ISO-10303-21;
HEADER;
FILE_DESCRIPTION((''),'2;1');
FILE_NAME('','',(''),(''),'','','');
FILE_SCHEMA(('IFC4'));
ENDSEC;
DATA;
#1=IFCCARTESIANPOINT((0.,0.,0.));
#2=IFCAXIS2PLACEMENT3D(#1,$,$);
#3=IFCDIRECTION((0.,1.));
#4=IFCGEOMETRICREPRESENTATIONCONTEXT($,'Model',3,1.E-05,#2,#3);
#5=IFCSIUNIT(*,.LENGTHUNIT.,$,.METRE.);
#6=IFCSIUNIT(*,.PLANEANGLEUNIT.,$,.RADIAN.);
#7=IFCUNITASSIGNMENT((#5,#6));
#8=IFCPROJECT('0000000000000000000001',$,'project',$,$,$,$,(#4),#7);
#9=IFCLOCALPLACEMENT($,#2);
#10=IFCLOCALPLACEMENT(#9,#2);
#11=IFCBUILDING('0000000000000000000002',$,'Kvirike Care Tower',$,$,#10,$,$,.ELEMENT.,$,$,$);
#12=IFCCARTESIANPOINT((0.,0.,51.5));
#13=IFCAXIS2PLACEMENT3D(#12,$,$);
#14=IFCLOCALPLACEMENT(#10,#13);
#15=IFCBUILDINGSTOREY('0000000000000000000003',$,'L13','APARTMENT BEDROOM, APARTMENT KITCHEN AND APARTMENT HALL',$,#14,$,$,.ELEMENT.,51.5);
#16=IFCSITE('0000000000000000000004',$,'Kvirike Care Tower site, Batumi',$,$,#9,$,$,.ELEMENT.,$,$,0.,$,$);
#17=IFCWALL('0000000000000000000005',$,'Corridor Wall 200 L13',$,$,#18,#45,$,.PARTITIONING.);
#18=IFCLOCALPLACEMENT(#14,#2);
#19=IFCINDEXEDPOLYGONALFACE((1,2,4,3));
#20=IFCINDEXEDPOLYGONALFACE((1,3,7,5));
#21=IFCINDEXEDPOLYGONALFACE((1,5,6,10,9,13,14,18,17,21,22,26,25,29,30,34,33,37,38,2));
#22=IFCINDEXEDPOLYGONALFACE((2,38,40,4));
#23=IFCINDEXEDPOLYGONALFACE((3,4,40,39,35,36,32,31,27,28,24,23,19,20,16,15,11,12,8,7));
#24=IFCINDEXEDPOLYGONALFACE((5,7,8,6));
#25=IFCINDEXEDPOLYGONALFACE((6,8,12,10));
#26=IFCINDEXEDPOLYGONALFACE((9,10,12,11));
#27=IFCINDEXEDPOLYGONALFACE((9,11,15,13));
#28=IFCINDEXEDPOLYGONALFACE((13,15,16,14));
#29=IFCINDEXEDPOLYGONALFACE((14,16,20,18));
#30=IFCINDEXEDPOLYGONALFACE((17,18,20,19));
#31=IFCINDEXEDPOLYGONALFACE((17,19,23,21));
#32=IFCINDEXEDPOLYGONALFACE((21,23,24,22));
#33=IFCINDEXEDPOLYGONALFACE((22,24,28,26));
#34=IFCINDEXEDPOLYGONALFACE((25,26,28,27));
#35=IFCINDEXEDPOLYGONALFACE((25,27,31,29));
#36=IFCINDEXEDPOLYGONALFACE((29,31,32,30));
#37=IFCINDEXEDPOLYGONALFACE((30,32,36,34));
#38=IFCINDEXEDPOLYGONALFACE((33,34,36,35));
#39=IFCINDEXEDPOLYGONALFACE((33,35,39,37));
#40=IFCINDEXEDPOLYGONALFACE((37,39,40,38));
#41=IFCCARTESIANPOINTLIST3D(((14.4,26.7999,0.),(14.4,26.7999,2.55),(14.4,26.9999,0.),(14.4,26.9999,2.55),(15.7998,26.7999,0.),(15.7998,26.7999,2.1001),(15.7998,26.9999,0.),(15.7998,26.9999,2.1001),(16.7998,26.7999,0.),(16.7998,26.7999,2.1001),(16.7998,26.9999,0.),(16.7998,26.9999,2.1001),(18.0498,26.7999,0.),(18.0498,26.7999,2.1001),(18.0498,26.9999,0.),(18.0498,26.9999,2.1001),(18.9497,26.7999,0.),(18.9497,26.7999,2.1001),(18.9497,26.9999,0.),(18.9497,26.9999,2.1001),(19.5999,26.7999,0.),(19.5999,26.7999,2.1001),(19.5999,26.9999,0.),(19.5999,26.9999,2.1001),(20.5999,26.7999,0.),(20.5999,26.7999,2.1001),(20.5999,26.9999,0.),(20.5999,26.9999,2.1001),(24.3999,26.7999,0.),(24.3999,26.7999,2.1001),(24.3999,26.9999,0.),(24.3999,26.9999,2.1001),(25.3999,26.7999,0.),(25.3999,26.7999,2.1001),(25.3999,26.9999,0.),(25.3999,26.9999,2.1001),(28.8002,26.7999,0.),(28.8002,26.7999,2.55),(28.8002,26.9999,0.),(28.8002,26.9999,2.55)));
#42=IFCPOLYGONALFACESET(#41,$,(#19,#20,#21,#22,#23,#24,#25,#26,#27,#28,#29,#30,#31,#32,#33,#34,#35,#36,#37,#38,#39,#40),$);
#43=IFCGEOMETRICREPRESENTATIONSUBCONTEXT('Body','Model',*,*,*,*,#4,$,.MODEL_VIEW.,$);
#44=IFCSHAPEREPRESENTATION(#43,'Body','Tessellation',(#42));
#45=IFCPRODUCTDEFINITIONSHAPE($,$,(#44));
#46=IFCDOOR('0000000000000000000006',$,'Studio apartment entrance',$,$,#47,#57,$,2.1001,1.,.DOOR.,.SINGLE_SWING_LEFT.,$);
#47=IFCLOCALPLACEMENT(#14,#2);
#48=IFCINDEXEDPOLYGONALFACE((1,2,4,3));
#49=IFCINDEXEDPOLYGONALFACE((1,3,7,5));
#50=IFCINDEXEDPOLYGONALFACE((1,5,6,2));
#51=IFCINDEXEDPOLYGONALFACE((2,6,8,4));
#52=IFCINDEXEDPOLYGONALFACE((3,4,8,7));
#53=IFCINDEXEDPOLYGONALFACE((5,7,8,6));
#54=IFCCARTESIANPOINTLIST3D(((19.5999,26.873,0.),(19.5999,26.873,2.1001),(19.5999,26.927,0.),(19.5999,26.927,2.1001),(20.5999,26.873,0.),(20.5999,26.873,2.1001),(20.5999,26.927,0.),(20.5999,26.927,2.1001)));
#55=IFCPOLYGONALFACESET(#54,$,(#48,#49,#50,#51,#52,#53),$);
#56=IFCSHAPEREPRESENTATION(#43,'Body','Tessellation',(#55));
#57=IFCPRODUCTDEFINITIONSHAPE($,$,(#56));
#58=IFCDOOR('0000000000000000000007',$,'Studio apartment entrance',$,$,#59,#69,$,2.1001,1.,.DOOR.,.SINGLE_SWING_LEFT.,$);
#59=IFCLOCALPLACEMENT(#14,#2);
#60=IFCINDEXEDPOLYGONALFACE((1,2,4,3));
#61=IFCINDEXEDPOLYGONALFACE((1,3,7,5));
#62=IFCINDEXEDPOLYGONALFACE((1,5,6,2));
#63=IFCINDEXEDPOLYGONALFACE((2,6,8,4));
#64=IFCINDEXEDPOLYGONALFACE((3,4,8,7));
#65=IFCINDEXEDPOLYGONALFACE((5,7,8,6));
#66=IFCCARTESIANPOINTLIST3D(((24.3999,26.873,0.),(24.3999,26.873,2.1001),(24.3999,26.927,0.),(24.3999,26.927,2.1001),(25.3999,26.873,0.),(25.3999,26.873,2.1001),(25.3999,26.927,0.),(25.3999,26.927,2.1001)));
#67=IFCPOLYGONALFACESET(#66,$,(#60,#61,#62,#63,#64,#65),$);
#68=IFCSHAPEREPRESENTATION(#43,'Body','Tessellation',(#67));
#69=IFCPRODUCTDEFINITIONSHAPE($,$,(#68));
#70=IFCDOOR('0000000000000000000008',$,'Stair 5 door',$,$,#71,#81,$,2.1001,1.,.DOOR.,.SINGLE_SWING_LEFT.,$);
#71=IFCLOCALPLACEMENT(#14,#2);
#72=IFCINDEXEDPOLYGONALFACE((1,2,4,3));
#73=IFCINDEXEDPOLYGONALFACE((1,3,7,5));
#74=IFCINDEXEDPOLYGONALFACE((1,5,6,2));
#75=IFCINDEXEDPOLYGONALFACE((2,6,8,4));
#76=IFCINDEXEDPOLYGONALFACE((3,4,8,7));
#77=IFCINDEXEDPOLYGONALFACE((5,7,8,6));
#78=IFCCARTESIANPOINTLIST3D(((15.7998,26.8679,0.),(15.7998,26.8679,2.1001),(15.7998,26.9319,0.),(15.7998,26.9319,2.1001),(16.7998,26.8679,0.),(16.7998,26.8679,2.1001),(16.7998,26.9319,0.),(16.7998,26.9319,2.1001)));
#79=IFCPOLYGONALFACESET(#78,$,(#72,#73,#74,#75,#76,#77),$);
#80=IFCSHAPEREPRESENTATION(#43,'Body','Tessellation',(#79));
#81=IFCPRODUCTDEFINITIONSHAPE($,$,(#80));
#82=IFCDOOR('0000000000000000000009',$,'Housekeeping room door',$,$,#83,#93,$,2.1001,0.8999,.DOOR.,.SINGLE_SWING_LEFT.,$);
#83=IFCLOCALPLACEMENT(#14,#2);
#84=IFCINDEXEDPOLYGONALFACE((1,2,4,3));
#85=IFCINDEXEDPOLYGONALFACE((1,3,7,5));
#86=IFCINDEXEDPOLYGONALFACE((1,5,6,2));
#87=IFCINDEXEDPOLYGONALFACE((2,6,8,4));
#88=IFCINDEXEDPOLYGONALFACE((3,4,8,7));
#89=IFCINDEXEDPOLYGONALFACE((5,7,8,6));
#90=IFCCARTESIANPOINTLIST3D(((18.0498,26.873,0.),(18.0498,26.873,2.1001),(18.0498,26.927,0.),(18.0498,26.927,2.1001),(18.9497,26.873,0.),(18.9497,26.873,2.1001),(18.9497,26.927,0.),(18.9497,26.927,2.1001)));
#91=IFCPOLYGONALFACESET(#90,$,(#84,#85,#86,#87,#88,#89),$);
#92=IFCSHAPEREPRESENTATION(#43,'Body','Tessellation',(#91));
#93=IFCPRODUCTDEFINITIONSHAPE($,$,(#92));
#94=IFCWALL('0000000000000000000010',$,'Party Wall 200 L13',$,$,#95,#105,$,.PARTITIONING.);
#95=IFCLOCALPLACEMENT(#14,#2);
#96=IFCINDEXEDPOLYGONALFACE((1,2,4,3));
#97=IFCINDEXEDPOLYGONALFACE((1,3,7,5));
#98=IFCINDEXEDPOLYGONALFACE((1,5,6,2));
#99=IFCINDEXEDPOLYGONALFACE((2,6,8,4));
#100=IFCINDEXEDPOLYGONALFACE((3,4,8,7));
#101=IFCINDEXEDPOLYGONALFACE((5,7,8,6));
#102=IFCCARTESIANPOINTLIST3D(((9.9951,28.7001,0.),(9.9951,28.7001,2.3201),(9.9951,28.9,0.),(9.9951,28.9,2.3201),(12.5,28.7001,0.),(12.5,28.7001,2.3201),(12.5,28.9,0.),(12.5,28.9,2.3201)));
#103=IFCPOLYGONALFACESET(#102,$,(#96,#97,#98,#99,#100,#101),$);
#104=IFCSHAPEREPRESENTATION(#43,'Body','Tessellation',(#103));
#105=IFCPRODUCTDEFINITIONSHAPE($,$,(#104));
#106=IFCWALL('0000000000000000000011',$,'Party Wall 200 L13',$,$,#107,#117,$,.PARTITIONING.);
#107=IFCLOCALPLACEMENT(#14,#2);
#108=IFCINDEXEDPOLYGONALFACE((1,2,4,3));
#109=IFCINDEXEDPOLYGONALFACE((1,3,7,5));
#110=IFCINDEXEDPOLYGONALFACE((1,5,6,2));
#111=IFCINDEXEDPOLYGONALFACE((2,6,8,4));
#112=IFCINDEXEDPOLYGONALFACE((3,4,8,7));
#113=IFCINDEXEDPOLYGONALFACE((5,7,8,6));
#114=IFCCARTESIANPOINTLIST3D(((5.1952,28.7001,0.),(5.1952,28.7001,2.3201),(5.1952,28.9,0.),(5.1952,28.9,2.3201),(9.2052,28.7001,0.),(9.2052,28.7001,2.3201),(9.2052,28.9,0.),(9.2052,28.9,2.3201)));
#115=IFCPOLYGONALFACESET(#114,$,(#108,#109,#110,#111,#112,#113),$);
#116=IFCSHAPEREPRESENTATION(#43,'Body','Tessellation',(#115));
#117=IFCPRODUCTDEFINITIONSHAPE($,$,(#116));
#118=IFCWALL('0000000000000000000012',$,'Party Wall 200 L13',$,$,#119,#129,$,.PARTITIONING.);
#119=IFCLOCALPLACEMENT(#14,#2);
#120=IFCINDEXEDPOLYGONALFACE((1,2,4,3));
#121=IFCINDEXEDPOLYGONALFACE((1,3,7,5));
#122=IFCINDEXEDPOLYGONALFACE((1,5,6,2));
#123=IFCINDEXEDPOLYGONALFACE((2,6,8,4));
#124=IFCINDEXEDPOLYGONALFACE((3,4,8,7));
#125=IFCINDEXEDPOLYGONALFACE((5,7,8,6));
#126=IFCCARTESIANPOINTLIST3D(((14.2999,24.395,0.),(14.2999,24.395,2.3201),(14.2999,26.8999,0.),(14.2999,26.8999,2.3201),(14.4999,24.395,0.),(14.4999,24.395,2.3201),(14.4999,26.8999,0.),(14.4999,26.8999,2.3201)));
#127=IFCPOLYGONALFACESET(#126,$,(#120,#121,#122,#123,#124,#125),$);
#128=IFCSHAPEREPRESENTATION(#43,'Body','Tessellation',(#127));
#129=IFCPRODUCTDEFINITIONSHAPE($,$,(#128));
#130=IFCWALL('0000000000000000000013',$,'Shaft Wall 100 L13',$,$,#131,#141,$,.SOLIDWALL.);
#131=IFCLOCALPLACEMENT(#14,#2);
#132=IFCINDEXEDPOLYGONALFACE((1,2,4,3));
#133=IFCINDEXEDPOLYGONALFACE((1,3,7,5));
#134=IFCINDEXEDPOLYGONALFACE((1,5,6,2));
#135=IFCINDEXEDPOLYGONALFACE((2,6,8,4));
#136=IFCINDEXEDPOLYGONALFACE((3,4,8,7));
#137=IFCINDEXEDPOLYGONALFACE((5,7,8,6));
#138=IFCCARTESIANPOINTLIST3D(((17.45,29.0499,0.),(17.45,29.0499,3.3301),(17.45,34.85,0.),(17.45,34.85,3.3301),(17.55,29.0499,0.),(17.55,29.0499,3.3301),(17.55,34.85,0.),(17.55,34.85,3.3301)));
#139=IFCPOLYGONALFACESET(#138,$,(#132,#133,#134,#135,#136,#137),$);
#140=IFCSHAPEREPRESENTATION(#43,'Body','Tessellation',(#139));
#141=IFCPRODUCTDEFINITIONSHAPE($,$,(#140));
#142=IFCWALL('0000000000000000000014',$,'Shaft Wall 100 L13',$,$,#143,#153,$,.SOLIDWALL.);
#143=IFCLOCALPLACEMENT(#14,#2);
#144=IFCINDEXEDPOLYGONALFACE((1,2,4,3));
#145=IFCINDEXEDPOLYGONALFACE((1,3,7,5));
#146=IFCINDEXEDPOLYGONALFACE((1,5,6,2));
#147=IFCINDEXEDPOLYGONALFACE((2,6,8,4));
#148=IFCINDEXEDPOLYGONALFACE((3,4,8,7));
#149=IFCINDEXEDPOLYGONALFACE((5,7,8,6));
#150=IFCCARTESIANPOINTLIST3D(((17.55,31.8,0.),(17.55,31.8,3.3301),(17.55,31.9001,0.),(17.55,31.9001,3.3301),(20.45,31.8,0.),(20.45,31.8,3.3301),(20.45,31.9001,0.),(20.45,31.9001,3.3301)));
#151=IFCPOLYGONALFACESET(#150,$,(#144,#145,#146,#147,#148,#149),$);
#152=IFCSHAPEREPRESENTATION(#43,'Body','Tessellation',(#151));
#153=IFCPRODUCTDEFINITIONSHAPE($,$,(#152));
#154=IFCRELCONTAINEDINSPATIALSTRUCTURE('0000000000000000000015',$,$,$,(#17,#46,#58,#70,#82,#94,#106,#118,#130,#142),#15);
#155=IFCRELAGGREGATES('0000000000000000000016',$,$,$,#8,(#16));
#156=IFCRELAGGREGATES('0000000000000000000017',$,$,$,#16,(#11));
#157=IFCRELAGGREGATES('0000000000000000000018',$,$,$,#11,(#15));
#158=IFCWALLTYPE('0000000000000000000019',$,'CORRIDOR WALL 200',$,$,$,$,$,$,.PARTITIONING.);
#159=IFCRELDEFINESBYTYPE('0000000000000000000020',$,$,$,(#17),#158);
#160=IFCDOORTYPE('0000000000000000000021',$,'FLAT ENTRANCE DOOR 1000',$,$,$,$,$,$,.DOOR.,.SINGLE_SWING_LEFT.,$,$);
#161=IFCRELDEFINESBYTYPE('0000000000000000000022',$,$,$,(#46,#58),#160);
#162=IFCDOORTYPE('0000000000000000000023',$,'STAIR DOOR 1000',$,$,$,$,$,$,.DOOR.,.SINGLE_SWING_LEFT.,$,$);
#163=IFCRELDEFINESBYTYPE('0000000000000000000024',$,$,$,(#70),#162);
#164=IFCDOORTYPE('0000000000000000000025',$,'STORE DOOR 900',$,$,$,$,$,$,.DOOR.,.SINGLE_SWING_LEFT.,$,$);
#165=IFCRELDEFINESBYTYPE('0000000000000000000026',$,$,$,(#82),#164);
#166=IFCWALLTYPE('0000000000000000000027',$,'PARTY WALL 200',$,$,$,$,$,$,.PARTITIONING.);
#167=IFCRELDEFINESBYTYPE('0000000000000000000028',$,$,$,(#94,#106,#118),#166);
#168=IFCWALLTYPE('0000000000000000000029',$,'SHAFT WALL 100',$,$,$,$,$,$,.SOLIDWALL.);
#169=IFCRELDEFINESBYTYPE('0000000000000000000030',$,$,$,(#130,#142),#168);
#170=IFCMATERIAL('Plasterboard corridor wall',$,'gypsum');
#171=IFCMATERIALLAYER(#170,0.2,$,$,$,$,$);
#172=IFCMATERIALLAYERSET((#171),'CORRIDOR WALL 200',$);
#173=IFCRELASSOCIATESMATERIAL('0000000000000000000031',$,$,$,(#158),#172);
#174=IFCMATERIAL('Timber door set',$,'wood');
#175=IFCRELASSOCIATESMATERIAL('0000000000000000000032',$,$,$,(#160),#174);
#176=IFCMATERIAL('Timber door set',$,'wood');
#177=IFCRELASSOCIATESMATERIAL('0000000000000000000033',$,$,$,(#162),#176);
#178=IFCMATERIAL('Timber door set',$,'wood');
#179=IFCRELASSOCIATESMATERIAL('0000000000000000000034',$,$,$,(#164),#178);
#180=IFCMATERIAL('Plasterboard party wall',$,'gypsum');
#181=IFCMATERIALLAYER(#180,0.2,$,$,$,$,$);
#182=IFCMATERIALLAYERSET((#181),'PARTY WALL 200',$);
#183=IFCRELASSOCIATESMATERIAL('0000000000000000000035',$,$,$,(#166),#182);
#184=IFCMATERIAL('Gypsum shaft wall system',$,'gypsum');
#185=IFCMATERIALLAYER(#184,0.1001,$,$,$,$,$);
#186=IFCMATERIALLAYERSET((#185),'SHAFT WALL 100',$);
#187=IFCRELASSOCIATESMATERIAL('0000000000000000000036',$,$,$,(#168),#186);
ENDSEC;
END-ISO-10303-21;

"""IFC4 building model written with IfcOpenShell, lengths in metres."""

from ifc_helpers import new_model, si_unit, direction, frame, frame_2d, origin, place, context, subcontext, project, spatial, rectangle, extrude, material, layer, layer_set, type_object, element, fill, save


model = new_model("IFC4")

# Units and contexts
model_context = context("Model", 3, precision=1e-05, world=origin(), true_north=direction((0.0, 1.0)))
body_context = subcontext(model_context, "Body", "Model", "MODEL_VIEW")
ifc_project = project(units=[si_unit("LENGTHUNIT", "METRE"), si_unit("PLANEANGLEUNIT", "RADIAN")], contexts=[model_context])

# Site, building, storey
site_placement = place(None, origin())
site = spatial("IfcSite", under=ifc_project, at=site_placement, Name="Kvirike Care Tower site, Batumi", CompositionType="ELEMENT", RefElevation=0.0)
building_placement = place(site_placement, origin())
building = spatial("IfcBuilding", under=site, at=building_placement, Name="Kvirike Care Tower", CompositionType="ELEMENT")
storey_placement = place(building_placement, frame((0.0, 0.0, 51.5)))
storey = spatial("IfcBuildingStorey", under=building, at=storey_placement, Name="L13", Description="APARTMENT BEDROOM, APARTMENT KITCHEN AND APARTMENT HALL", CompositionType="ELEMENT", Elevation=51.5)

# Wall, openings, doors
ifc_material_1 = material(Name="Plasterboard corridor wall", Category="gypsum")
ifc_layer_1 = layer(ifc_material_1, 0.2)
ifc_layer_set_1 = layer_set([ifc_layer_1], Name="CORRIDOR WALL 200")
wall_type_1 = type_object("IfcWallType", Name="CORRIDOR WALL 200", PredefinedType="PARTITIONING", material=ifc_layer_set_1)
wall_1_placement = place(storey_placement, frame((14.3999, 26.8999, 0.0), z_axis=(0.0, 0.0, 1.0), x_axis=(1.0, 0.0, 0.0)))
wall_1 = element("IfcWall", 1, at=wall_1_placement, inside=storey, type_object=wall_type_1, Name="Corridor Wall 200 L13", PredefinedType="PARTITIONING", context=body_context, shape_type="SweptSolid", body=[
    extrude(rectangle(XDim=14.4001, YDim=0.2, at=frame_2d((7.2002, 0.0))), origin(), (0.0, 0.0, 1.0), 2.55),
])
opening_1_placement = place(wall_1_placement, frame((1.3999, 0.0, 0.0)))
opening_1 = element("IfcOpeningElement", 2, at=opening_1_placement, cuts=wall_1, PredefinedType="OPENING", context=body_context, shape_type="SweptSolid", body=[
    extrude(rectangle(XDim=1.0, YDim=2.1001, at=frame_2d((0.5, 1.05))), frame((0.0, 0.1106, 0.0), z_axis=(0.0, -1.0, 0.0), x_axis=(1.0, 0.0, 0.0)), (0.0, 0.0, 1.0), 0.2209),
])
opening_2_placement = place(wall_1_placement, frame((3.6499, 0.0, 0.0)))
opening_2 = element("IfcOpeningElement", 3, at=opening_2_placement, cuts=wall_1, PredefinedType="OPENING", context=body_context, shape_type="SweptSolid", body=[
    extrude(rectangle(XDim=0.8999, YDim=2.1001, at=frame_2d((0.45, 1.05))), frame((0.0, 0.1106, 0.0), z_axis=(0.0, -1.0, 0.0), x_axis=(1.0, 0.0, 0.0)), (0.0, 0.0, 1.0), 0.2209),
])
opening_3_placement = place(wall_1_placement, frame((5.2, 0.0, 0.0)))
opening_3 = element("IfcOpeningElement", 4, at=opening_3_placement, cuts=wall_1, PredefinedType="OPENING", context=body_context, shape_type="SweptSolid", body=[
    extrude(rectangle(XDim=1.0, YDim=2.1001, at=frame_2d((0.5, 1.05))), frame((0.0, 0.1106, 0.0), z_axis=(0.0, -1.0, 0.0), x_axis=(1.0, 0.0, 0.0)), (0.0, 0.0, 1.0), 0.2209),
])
opening_4_placement = place(wall_1_placement, frame((10.0, 0.0, 0.0)))
opening_4 = element("IfcOpeningElement", 5, at=opening_4_placement, cuts=wall_1, PredefinedType="OPENING", context=body_context, shape_type="SweptSolid", body=[
    extrude(rectangle(XDim=1.0, YDim=2.1001, at=frame_2d((0.5, 1.05))), frame((0.0, 0.1106, 0.0), z_axis=(0.0, -1.0, 0.0), x_axis=(1.0, 0.0, 0.0)), (0.0, 0.0, 1.0), 0.2209),
])
ifc_material_2 = material(Name="Timber door set", Category="wood")
door_type_1 = type_object("IfcDoorType", Name="FLAT ENTRANCE DOOR 1000", OperationType="SINGLE_SWING_LEFT", PredefinedType="DOOR", material=ifc_material_2)
door_1_placement = place(opening_3_placement, frame((1.0, 0.0, 0.0), z_axis=(0.0, 0.0, 1.0), x_axis=(-1.0, 0.0, 0.0)))
door_1 = element("IfcDoor", 6, at=door_1_placement, inside=storey, type_object=door_type_1, Name="Studio apartment entrance", OperationType="SINGLE_SWING_LEFT", OverallHeight=2.1001, OverallWidth=1.0, PredefinedType="DOOR", context=body_context, shape_type="SweptSolid", body=[
    extrude(rectangle(XDim=1.0, YDim=2.1001, at=frame_2d((0.5, 1.05))), frame((0.0, 0.0269, 0.0), z_axis=(0.0, -1.0, 0.0), x_axis=(1.0, 0.0, 0.0)), (0.0, 0.0, 1.0), 0.054),
])
fill(opening_3, door_1)
door_2_placement = place(opening_4_placement, frame((1.0, 0.0, 0.0), z_axis=(0.0, 0.0, 1.0), x_axis=(-1.0, 0.0, 0.0)))
door_2 = element("IfcDoor", 7, at=door_2_placement, inside=storey, type_object=door_type_1, Name="Studio apartment entrance", OperationType="SINGLE_SWING_LEFT", OverallHeight=2.1001, OverallWidth=1.0, PredefinedType="DOOR", context=body_context, shape_type="SweptSolid", body=[
    extrude(rectangle(XDim=1.0, YDim=2.1001, at=frame_2d((0.5, 1.05))), frame((0.0, 0.0269, 0.0), z_axis=(0.0, -1.0, 0.0), x_axis=(1.0, 0.0, 0.0)), (0.0, 0.0, 1.0), 0.054),
])
fill(opening_4, door_2)
ifc_material_3 = material(Name="Timber door set", Category="wood")
door_type_2 = type_object("IfcDoorType", Name="STAIR DOOR 1000", OperationType="SINGLE_SWING_LEFT", PredefinedType="DOOR", material=ifc_material_3)
door_3_placement = place(opening_1_placement, frame((1.0, 0.0, 0.0), z_axis=(0.0, 0.0, 1.0), x_axis=(-1.0, 0.0, 0.0)))
door_3 = element("IfcDoor", 8, at=door_3_placement, inside=storey, type_object=door_type_2, Name="Stair 5 door", OperationType="SINGLE_SWING_LEFT", OverallHeight=2.1001, OverallWidth=1.0, PredefinedType="DOOR", context=body_context, shape_type="SweptSolid", body=[
    extrude(rectangle(XDim=1.0, YDim=2.1001, at=frame_2d((0.5, 1.05))), frame((0.0, 0.032, 0.0), z_axis=(0.0, -1.0, 0.0), x_axis=(1.0, 0.0, 0.0)), (0.0, 0.0, 1.0), 0.064),
])
fill(opening_1, door_3)
ifc_material_4 = material(Name="Timber door set", Category="wood")
door_type_3 = type_object("IfcDoorType", Name="STORE DOOR 900", OperationType="SINGLE_SWING_LEFT", PredefinedType="DOOR", material=ifc_material_4)
door_4_placement = place(opening_2_placement, frame((0.8999, 0.0, 0.0), z_axis=(0.0, 0.0, 1.0), x_axis=(-1.0, 0.0, 0.0)))
door_4 = element("IfcDoor", 9, at=door_4_placement, inside=storey, type_object=door_type_3, Name="Housekeeping room door", OperationType="SINGLE_SWING_LEFT", OverallHeight=2.1001, OverallWidth=0.8999, PredefinedType="DOOR", context=body_context, shape_type="SweptSolid", body=[
    extrude(rectangle(XDim=0.8999, YDim=2.1001, at=frame_2d((0.45, 1.05))), frame((0.0, 0.0269, 0.0), z_axis=(0.0, -1.0, 0.0), x_axis=(1.0, 0.0, 0.0)), (0.0, 0.0, 1.0), 0.054),
])
fill(opening_2, door_4)

# Walls
ifc_material_5 = material(Name="Plasterboard party wall", Category="gypsum")
ifc_layer_2 = layer(ifc_material_5, 0.2)
ifc_layer_set_2 = layer_set([ifc_layer_2], Name="PARTY WALL 200")
wall_type_2 = type_object("IfcWallType", Name="PARTY WALL 200", PredefinedType="PARTITIONING", material=ifc_layer_set_2)
wall_2_placement = place(storey_placement, frame((12.5, 28.8, 0.0), z_axis=(0.0, 0.0, 1.0), x_axis=(-1.0, 0.0, 0.0)))
element("IfcWall", 10, at=wall_2_placement, inside=storey, type_object=wall_type_2, Name="Party Wall 200 L13", PredefinedType="PARTITIONING", context=body_context, shape_type="SweptSolid", body=[
    extrude(rectangle(XDim=2.5049, YDim=0.2, at=frame_2d((1.2524, 0.0))), origin(), (0.0, 0.0, 1.0), 2.3201),
])
wall_3_placement = place(storey_placement, frame((9.2051, 28.8, 0.0), z_axis=(0.0, 0.0, 1.0), x_axis=(-1.0, 0.0, 0.0)))
element("IfcWall", 11, at=wall_3_placement, inside=storey, type_object=wall_type_2, Name="Party Wall 200 L13", PredefinedType="PARTITIONING", context=body_context, shape_type="SweptSolid", body=[
    extrude(rectangle(XDim=4.01, YDim=0.2, at=frame_2d((2.0049, 0.0))), origin(), (0.0, 0.0, 1.0), 2.3201),
])
wall_4_placement = place(storey_placement, frame((14.3999, 24.395, 0.0), z_axis=(0.0, 0.0, 1.0), x_axis=(0.0, 1.0, 0.0)))
element("IfcWall", 12, at=wall_4_placement, inside=storey, type_object=wall_type_2, Name="Party Wall 200 L13", PredefinedType="PARTITIONING", context=body_context, shape_type="SweptSolid", body=[
    extrude(rectangle(XDim=2.5049, YDim=0.2, at=frame_2d((1.2524, 0.0))), origin(), (0.0, 0.0, 1.0), 2.3201),
])
ifc_material_6 = material(Name="Gypsum shaft wall system", Category="gypsum")
ifc_layer_3 = layer(ifc_material_6, 0.1001)
ifc_layer_set_3 = layer_set([ifc_layer_3], Name="SHAFT WALL 100")
wall_type_3 = type_object("IfcWallType", Name="SHAFT WALL 100", PredefinedType="SOLIDWALL", material=ifc_layer_set_3)
wall_5_placement = place(storey_placement, frame((17.5, 29.05, 0.0), z_axis=(0.0, 0.0, 1.0), x_axis=(0.0, 1.0, 0.0)))
element("IfcWall", 13, at=wall_5_placement, inside=storey, type_object=wall_type_3, Name="Shaft Wall 100 L13", PredefinedType="SOLIDWALL", context=body_context, shape_type="SweptSolid", body=[
    extrude(rectangle(XDim=5.8, YDim=0.1001, at=frame_2d((2.8999, 0.0))), origin(), (0.0, 0.0, 1.0), 3.3301),
])
wall_6_placement = place(storey_placement, frame((17.55, 31.8501, 0.0), z_axis=(0.0, 0.0, 1.0), x_axis=(1.0, 0.0, 0.0)))
element("IfcWall", 14, at=wall_6_placement, inside=storey, type_object=wall_type_3, Name="Shaft Wall 100 L13", PredefinedType="SOLIDWALL", context=body_context, shape_type="SweptSolid", body=[
    extrude(rectangle(XDim=2.8999, YDim=0.1001, at=frame_2d((1.45, 0.0))), origin(), (0.0, 0.0, 1.0), 3.3301),
])

save(model, "model.ifc")
